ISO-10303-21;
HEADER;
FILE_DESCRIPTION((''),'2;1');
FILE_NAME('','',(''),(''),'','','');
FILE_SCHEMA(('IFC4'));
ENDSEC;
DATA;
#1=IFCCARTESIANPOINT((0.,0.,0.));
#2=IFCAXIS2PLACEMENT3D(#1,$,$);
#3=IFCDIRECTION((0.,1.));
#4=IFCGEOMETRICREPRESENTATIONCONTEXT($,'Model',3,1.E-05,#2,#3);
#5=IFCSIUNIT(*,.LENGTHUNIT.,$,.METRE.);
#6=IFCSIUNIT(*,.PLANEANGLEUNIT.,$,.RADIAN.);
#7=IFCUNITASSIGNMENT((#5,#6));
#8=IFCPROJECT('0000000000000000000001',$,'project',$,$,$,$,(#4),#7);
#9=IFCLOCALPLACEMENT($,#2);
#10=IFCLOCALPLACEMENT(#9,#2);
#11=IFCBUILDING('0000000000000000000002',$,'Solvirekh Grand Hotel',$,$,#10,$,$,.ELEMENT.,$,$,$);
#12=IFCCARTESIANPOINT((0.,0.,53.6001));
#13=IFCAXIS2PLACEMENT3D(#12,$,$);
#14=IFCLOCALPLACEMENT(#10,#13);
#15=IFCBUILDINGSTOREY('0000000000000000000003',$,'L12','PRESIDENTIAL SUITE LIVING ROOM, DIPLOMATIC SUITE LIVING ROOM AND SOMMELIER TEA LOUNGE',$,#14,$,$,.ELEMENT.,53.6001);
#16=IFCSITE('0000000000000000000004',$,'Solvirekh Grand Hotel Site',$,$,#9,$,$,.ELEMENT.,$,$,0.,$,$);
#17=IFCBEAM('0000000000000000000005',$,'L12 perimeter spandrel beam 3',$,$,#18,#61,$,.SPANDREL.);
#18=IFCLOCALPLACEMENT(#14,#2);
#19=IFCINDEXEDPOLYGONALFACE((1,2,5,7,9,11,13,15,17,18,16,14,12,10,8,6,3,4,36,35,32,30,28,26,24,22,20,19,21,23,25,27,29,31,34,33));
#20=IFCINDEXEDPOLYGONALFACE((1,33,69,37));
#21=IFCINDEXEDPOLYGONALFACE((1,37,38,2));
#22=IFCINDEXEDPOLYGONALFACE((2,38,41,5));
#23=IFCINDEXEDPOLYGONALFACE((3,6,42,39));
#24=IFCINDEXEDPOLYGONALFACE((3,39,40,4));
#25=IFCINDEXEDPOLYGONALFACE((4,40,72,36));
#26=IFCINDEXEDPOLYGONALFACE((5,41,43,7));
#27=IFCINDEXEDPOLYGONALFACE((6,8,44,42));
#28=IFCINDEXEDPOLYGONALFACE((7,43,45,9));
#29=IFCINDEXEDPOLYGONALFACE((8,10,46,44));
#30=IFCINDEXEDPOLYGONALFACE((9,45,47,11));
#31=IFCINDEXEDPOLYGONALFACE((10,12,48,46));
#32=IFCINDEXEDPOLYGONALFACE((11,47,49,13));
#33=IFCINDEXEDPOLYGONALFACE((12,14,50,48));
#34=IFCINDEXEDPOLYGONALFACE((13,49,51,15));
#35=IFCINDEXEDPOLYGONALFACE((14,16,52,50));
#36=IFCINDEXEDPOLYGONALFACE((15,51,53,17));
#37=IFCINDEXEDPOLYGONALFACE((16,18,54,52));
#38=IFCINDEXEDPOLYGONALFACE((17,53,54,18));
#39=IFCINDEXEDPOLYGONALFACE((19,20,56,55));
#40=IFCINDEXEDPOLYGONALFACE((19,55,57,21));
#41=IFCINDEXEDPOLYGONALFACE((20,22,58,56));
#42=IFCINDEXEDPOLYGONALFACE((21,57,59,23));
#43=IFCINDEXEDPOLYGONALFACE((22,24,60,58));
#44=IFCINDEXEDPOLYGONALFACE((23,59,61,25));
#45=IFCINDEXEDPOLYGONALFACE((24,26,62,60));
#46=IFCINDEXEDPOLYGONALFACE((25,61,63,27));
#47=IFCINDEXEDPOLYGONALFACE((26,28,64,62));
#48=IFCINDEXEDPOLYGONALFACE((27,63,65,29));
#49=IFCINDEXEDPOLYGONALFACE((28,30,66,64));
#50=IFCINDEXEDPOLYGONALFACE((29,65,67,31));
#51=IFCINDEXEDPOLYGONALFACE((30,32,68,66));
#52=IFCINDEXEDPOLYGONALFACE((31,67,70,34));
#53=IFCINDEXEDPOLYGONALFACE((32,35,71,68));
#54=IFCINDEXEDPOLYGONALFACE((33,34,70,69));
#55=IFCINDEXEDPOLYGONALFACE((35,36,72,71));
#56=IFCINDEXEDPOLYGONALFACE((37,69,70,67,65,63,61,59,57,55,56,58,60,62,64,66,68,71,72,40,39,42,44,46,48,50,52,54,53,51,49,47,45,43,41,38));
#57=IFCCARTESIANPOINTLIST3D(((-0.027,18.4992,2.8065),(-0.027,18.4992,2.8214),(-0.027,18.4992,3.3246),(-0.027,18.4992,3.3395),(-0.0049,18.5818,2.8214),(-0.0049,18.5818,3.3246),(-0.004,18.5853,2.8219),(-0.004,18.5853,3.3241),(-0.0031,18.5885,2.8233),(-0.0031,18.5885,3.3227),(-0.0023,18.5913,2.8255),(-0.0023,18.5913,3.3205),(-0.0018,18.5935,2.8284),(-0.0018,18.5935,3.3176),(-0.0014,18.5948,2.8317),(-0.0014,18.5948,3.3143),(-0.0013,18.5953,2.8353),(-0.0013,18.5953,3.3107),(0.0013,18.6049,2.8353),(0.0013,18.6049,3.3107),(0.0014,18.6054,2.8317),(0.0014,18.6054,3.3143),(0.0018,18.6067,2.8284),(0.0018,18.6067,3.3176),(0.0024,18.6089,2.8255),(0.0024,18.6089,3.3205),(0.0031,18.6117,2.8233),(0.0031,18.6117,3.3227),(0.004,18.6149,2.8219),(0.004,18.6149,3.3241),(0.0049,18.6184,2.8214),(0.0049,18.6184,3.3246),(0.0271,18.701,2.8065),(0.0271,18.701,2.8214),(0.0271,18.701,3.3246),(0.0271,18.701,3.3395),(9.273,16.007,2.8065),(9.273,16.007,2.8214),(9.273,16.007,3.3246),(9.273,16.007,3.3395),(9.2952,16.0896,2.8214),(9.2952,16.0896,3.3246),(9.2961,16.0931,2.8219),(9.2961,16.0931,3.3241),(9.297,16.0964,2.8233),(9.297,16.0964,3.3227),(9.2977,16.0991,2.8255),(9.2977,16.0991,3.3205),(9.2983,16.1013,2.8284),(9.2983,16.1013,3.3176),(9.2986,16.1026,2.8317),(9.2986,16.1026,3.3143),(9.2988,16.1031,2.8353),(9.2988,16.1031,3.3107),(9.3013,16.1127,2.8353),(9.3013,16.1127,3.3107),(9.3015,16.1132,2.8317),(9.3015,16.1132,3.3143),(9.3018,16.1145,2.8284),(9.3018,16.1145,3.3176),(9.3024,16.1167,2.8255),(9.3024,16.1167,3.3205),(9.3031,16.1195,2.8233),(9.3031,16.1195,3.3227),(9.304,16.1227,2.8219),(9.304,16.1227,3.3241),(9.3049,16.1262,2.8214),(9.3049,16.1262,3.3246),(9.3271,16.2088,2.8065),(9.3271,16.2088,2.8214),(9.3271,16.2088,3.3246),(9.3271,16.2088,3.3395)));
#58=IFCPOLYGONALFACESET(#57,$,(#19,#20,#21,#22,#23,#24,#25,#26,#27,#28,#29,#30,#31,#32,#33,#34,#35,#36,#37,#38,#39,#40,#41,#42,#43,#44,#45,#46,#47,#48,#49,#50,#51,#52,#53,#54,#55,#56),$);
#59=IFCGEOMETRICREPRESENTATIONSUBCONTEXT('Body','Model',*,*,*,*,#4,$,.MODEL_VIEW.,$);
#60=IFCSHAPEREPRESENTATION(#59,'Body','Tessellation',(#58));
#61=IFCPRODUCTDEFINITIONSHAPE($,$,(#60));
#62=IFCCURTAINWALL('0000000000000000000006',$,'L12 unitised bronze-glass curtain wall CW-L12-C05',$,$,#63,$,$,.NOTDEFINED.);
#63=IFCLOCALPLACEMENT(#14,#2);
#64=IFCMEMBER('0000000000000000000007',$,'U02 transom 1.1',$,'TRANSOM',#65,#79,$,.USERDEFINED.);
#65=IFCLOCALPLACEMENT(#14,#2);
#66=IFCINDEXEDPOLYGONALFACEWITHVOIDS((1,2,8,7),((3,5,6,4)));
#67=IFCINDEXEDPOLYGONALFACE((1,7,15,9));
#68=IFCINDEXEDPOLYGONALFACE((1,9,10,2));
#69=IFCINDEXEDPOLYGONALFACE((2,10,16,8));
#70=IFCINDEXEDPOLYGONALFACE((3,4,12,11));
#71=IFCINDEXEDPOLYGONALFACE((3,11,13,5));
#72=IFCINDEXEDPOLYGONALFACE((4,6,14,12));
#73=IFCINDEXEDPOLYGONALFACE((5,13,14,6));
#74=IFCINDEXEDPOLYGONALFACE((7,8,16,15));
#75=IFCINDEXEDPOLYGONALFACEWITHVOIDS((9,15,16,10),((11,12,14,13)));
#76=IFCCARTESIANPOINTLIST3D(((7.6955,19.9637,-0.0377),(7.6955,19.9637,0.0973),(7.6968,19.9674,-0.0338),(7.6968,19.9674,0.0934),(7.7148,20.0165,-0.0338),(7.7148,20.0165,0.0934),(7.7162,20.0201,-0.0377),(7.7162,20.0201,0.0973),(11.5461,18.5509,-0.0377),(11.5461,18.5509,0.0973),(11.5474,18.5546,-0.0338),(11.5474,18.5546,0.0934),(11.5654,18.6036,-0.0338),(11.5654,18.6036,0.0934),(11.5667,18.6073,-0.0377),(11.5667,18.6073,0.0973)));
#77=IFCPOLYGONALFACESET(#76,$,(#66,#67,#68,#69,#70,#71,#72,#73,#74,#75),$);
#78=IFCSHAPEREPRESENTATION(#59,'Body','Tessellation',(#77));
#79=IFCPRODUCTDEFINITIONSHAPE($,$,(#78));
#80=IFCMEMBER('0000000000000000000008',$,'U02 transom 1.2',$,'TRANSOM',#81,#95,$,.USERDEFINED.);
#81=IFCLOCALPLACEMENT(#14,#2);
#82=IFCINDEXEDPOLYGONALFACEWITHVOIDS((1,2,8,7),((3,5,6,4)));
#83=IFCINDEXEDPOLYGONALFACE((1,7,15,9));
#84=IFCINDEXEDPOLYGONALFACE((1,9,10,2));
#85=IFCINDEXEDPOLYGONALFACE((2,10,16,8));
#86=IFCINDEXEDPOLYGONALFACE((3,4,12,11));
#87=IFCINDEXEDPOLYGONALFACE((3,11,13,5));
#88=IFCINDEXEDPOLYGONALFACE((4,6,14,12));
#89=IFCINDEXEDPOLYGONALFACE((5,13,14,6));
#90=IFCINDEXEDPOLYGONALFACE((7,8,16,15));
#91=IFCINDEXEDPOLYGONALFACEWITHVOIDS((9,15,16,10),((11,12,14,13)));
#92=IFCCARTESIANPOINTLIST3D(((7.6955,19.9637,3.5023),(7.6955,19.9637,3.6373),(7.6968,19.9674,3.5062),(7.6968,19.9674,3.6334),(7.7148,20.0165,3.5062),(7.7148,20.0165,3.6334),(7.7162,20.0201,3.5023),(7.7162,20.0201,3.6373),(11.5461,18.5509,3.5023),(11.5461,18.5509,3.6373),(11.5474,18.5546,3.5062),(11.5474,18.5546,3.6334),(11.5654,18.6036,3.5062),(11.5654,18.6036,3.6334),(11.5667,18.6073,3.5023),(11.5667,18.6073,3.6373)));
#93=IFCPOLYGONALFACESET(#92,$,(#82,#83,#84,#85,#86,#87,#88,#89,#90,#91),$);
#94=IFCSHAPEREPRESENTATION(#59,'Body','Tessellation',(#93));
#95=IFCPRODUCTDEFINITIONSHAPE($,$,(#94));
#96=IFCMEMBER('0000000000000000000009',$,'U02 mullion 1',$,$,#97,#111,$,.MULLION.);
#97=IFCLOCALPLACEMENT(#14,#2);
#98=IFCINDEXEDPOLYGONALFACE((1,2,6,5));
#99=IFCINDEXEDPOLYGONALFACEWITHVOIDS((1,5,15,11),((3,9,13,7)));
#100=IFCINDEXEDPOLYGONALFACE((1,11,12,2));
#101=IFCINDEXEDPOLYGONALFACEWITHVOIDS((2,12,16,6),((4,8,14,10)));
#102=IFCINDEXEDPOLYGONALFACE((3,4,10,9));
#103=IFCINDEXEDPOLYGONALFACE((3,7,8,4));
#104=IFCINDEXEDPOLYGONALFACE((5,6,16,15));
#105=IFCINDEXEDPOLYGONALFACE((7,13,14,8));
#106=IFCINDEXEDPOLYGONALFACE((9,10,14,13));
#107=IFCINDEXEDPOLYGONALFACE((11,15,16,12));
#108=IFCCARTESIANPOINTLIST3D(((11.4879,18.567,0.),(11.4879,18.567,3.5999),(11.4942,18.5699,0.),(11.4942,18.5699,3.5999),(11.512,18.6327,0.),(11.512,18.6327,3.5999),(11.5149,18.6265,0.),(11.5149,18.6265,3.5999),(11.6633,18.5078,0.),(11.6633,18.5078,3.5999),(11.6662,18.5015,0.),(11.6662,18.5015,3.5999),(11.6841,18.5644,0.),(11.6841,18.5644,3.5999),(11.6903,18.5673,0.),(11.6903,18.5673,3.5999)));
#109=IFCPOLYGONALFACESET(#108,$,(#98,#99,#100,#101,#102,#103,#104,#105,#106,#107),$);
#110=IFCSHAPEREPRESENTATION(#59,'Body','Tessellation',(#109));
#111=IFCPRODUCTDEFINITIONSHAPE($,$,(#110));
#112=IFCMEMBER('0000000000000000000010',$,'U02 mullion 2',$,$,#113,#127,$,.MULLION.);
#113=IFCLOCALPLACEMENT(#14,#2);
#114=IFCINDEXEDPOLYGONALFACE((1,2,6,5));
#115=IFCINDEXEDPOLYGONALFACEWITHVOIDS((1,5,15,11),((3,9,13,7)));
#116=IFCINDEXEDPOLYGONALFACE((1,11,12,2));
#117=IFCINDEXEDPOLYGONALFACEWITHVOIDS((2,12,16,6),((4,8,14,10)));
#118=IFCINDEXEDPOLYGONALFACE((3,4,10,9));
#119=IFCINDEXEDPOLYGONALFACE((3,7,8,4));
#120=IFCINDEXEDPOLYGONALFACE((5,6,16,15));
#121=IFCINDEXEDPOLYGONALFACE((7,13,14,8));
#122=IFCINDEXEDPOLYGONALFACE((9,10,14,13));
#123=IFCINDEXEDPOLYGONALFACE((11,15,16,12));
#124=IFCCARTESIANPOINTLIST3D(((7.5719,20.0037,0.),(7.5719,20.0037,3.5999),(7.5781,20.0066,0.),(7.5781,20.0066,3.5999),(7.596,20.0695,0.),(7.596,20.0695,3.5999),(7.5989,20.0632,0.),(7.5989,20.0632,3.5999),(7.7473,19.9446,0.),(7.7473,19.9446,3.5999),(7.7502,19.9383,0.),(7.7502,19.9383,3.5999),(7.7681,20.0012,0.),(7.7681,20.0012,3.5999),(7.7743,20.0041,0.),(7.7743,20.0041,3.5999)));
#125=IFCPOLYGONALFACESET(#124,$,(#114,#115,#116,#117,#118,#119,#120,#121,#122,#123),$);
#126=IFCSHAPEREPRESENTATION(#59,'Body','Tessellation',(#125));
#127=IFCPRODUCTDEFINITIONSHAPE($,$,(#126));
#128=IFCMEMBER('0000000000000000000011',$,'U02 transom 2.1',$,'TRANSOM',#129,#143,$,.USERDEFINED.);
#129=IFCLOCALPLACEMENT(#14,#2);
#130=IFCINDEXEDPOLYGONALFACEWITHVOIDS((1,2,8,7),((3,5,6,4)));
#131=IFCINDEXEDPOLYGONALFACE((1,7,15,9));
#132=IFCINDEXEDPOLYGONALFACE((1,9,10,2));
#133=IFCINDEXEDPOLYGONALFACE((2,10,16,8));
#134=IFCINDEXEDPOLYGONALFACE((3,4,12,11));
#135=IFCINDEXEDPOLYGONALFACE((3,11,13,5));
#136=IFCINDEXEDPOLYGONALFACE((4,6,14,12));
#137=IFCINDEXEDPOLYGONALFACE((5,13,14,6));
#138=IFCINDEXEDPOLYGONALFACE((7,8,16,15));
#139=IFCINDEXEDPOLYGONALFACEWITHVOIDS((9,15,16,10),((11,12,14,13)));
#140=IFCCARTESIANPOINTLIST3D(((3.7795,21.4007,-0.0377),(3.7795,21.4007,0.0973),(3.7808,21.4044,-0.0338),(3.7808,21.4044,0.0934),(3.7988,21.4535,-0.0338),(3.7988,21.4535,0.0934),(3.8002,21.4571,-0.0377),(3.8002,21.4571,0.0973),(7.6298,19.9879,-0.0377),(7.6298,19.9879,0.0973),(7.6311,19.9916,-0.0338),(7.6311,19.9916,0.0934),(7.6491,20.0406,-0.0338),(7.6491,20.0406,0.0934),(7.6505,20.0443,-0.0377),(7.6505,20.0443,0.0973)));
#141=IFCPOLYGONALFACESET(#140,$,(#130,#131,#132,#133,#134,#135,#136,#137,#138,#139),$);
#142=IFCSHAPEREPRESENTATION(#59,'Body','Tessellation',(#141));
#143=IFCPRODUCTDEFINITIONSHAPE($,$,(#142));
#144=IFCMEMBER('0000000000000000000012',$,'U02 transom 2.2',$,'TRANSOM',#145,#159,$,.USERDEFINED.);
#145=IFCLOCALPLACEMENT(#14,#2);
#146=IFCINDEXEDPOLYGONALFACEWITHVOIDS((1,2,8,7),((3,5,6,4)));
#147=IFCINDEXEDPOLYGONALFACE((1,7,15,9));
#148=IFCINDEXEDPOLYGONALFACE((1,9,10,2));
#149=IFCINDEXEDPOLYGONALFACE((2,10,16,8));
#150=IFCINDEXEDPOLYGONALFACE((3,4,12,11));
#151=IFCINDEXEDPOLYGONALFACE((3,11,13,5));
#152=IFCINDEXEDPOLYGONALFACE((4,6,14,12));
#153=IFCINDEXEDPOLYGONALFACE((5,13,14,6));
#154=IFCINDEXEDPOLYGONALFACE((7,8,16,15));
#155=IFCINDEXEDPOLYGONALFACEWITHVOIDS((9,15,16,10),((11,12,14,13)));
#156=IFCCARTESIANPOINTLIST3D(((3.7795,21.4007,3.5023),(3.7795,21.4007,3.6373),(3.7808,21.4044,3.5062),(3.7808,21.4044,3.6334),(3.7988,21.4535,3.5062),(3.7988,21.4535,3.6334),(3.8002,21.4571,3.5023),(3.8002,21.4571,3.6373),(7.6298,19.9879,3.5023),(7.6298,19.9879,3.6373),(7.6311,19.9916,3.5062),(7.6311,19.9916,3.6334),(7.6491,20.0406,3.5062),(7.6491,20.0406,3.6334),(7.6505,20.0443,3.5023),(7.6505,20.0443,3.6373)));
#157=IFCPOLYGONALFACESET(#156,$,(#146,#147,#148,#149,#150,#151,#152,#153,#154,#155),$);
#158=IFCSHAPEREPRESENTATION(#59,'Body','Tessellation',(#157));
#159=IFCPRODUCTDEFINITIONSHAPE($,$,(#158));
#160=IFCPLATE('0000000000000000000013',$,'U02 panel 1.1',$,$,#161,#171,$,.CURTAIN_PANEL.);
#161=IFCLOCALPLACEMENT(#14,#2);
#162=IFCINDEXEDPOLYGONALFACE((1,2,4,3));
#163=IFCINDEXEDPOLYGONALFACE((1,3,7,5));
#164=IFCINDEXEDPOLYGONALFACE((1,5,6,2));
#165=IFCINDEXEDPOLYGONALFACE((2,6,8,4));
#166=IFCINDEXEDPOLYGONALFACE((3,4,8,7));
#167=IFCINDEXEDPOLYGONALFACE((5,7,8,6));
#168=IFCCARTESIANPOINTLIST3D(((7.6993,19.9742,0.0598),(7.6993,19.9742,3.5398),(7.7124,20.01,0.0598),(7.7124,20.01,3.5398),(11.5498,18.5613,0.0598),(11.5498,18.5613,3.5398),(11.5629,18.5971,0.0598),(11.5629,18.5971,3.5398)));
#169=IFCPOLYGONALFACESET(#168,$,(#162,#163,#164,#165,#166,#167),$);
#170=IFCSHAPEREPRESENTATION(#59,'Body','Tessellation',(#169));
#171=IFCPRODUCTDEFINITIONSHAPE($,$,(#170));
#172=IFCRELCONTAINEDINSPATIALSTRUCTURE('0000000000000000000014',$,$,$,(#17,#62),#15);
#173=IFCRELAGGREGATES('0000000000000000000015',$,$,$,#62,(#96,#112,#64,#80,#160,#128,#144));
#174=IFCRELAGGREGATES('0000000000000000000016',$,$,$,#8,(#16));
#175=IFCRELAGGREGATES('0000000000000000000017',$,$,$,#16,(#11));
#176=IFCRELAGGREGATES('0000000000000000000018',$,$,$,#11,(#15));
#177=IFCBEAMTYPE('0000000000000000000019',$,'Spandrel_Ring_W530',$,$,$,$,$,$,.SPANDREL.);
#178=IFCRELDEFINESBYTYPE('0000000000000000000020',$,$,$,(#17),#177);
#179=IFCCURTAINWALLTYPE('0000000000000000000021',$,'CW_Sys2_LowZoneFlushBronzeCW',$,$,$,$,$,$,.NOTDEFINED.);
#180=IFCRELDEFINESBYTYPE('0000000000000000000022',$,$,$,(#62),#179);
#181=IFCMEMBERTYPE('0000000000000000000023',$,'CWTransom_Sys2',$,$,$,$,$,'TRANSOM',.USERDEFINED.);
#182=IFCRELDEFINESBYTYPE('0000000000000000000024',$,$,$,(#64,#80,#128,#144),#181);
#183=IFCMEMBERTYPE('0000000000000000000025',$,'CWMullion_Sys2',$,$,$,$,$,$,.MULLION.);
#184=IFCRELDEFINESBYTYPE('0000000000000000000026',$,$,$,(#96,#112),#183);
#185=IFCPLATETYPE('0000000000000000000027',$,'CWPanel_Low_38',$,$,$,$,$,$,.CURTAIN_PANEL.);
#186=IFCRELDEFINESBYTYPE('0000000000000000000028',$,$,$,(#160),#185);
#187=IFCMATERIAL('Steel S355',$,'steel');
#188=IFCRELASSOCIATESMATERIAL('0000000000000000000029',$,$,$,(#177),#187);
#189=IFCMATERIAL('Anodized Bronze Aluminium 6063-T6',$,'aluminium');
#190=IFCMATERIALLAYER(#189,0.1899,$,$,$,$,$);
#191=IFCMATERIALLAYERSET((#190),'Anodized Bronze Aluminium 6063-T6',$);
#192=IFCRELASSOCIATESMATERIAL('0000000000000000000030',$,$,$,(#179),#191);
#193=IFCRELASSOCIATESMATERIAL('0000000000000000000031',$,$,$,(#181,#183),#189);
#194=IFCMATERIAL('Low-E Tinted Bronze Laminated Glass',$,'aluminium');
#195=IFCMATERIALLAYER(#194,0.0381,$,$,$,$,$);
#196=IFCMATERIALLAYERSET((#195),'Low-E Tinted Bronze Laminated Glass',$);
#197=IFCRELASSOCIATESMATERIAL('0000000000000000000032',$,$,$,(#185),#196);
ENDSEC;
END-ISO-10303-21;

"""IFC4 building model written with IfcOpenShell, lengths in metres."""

from ifc_helpers import new_model, si_unit, direction, frame, origin, origin_2d, place, context, subcontext, project, spatial, rectangle, hollow_rectangle, i_section, extrude, source, transform, mapped, material, layer, layer_set, material_profile, profile_set, type_object, element, aggregate, save


model = new_model("IFC4")

# Units and contexts
model_context = context("Model", 3, precision=1e-05, world=origin(), true_north=direction((0.0, 1.0)))
body_context = subcontext(model_context, "Body", "Model", "MODEL_VIEW")
ifc_project = project(units=[si_unit("LENGTHUNIT", "METRE"), si_unit("PLANEANGLEUNIT", "RADIAN")], contexts=[model_context])

# Site, building, storey
site_placement = place(None, origin())
site = spatial("IfcSite", under=ifc_project, at=site_placement, Name="Solvirekh Grand Hotel Site", CompositionType="ELEMENT", RefElevation=0.0)
building_placement = place(site_placement, origin())
building = spatial("IfcBuilding", under=site, at=building_placement, Name="Solvirekh Grand Hotel", CompositionType="ELEMENT")
storey_placement = place(building_placement, frame((0.0, 0.0, 53.6001)))
storey = spatial("IfcBuildingStorey", under=building, at=storey_placement, Name="L12", Description="PRESIDENTIAL SUITE LIVING ROOM, DIPLOMATIC SUITE LIVING ROOM AND SOMMELIER TEA LOUNGE", CompositionType="ELEMENT", Elevation=53.6001)

# Beam
ifc_material_1 = material(Name="Steel S355", Category="steel")
ifc_material_profile_1 = material_profile(ifc_material_1, i_section(OverallWidth=0.209, OverallDepth=0.533, WebThickness=0.01, FlangeThickness=0.0149, FilletRadius=0.0139, at=origin_2d()), Name="W530X92")
ifc_profile_set_1 = profile_set([ifc_material_profile_1], Name="Steel S355")
beam_type_1 = type_object("IfcBeamType", Name="Spandrel_Ring_W530", PredefinedType="SPANDREL", material=ifc_profile_set_1)
beam_1_placement = place(storey_placement, frame((9.3, 16.1079, 3.073), z_axis=(-0.965919, 0.258843, 0.0), x_axis=(-0.258843, -0.965919, 0.0)))
element("IfcBeam", 1, at=beam_1_placement, inside=storey, type_object=beam_type_1, Name="L12 perimeter spandrel beam 3", PredefinedType="SPANDREL", context=body_context, shape_type="SweptSolid", body=[
    extrude(i_section(OverallWidth=0.209, OverallDepth=0.533, WebThickness=0.01, FlangeThickness=0.0149, FilletRadius=0.0139, at=origin_2d()), origin(), (0.0, 0.0, 1.0), 9.6282),
])

# Curtain wall, members, plate
ifc_material_2 = material(Name="Anodized Bronze Aluminium 6063-T6", Category="aluminium")
ifc_layer_1 = layer(ifc_material_2, 0.1899)
ifc_layer_set_1 = layer_set([ifc_layer_1], Name="Anodized Bronze Aluminium 6063-T6")
curtain_wall_type = type_object("IfcCurtainWallType", Name="CW_Sys2_LowZoneFlushBronzeCW", PredefinedType="NOTDEFINED", material=ifc_layer_set_1)
curtain_wall_placement = place(storey_placement, origin())
curtain_wall = element("IfcCurtainWall", 2, at=curtain_wall_placement, inside=storey, type_object=curtain_wall_type, Name="L12 unitised bronze-glass curtain wall CW-L12-C05", PredefinedType="NOTDEFINED")
ifc_material_profile_2 = material_profile(ifc_material_2, hollow_rectangle(XDim=0.0601, YDim=0.135, WallThickness=0.0039, at=origin_2d()), Name="ALU RHS 135X60X4")
ifc_profile_set_2 = profile_set([ifc_material_profile_2], Name="Anodized Bronze Aluminium 6063-T6")
member_type_1 = type_object("IfcMemberType", Name="CWTransom_Sys2", ElementType="TRANSOM", PredefinedType="USERDEFINED", material=ifc_profile_set_2)
shared_shape_1 = source(origin(), body_context, "Body", "SweptSolid", [
    extrude(hollow_rectangle(XDim=0.0601, YDim=0.135, WallThickness=0.0039, at=origin_2d()), origin(), (0.0, 0.0, 1.0), 4.1016),
])
member_1_placement = place(storey_placement, frame((11.5564, 18.5791, 0.0298), z_axis=(-0.938801, 0.344461, 0.0), x_axis=(-0.344461, -0.938801, 0.0)))
member_1 = element("IfcMember", 3, at=member_1_placement, type_object=member_type_1, Name="U02 transom 1.1", ObjectType="TRANSOM", PredefinedType="USERDEFINED", context=body_context, shape_type="MappedRepresentation", body=[
    mapped(shared_shape_1, transform((0.0, 0.0, 0.0), x_axis=(1.0, 0.0, 0.0), y_axis=(0.0, 1.0, 0.0), z_axis=(0.0, 0.0, 1.0), scale=1.0)),
])
member_2_placement = place(storey_placement, frame((11.5564, 18.5791, 3.5698), z_axis=(-0.938801, 0.344461, 0.0), x_axis=(-0.344461, -0.938801, 0.0)))
member_2 = element("IfcMember", 4, at=member_2_placement, type_object=member_type_1, Name="U02 transom 1.2", ObjectType="TRANSOM", PredefinedType="USERDEFINED", context=body_context, shape_type="MappedRepresentation", body=[
    mapped(shared_shape_1, transform((0.0, 0.0, 0.0), x_axis=(1.0, 0.0, 0.0), y_axis=(0.0, 1.0, 0.0), z_axis=(0.0, 0.0, 1.0), scale=1.0)),
])
ifc_material_profile_3 = material_profile(ifc_material_2, hollow_rectangle(XDim=0.0701, YDim=0.1899, WallThickness=0.0049, at=origin_2d()), Name="ALU RHS 190X70X5")
ifc_profile_set_3 = profile_set([ifc_material_profile_3], Name="Anodized Bronze Aluminium 6063-T6")
member_type_2 = type_object("IfcMemberType", Name="CWMullion_Sys2", PredefinedType="MULLION", material=ifc_profile_set_3)
shared_shape_2 = source(origin(), body_context, "Body", "SweptSolid", [
    extrude(hollow_rectangle(XDim=0.0701, YDim=0.1899, WallThickness=0.0049, at=origin_2d()), origin(), (0.0, 0.0, 1.0), 3.5999),
])
member_3_placement = place(storey_placement, frame((11.5891, 18.5671, 0.0), z_axis=(0.0, 0.0, 1.0), x_axis=(-0.344471, -0.938797, 0.0)))
member_3 = element("IfcMember", 5, at=member_3_placement, type_object=member_type_2, Name="U02 mullion 1", PredefinedType="MULLION", context=body_context, shape_type="MappedRepresentation", body=[
    mapped(shared_shape_2, transform((0.0, 0.0, 0.0), x_axis=(1.0, 0.0, 0.0), y_axis=(0.0, 1.0, 0.0), z_axis=(0.0, 0.0, 1.0), scale=1.0)),
])
member_4_placement = place(storey_placement, frame((7.6731, 20.0039, 0.0), z_axis=(0.0, 0.0, 1.0), x_axis=(-0.344471, -0.938797, 0.0)))
member_4 = element("IfcMember", 6, at=member_4_placement, type_object=member_type_2, Name="U02 mullion 2", PredefinedType="MULLION", context=body_context, shape_type="MappedRepresentation", body=[
    mapped(shared_shape_2, transform((0.0, 0.0, 0.0), x_axis=(1.0, 0.0, 0.0), y_axis=(0.0, 1.0, 0.0), z_axis=(0.0, 0.0, 1.0), scale=1.0)),
])
shared_shape_3 = source(origin(), body_context, "Body", "SweptSolid", [
    extrude(hollow_rectangle(XDim=0.0601, YDim=0.135, WallThickness=0.0039, at=origin_2d()), origin(), (0.0, 0.0, 1.0), 4.1013),
])
member_5_placement = place(storey_placement, frame((7.6401, 20.0161, 0.0298), z_axis=(-0.938794, 0.34448, 0.0), x_axis=(-0.34448, -0.938794, 0.0)))
member_5 = element("IfcMember", 7, at=member_5_placement, type_object=member_type_1, Name="U02 transom 2.1", ObjectType="TRANSOM", PredefinedType="USERDEFINED", context=body_context, shape_type="MappedRepresentation", body=[
    mapped(shared_shape_3, transform((0.0, 0.0, 0.0), x_axis=(1.0, 0.0, 0.0), y_axis=(0.0, 1.0, 0.0), z_axis=(0.0, 0.0, 1.0), scale=1.0)),
])
member_6_placement = place(storey_placement, frame((7.6401, 20.0161, 3.5698), z_axis=(-0.938794, 0.34448, 0.0), x_axis=(-0.34448, -0.938794, 0.0)))
member_6 = element("IfcMember", 8, at=member_6_placement, type_object=member_type_1, Name="U02 transom 2.2", ObjectType="TRANSOM", PredefinedType="USERDEFINED", context=body_context, shape_type="MappedRepresentation", body=[
    mapped(shared_shape_3, transform((0.0, 0.0, 0.0), x_axis=(1.0, 0.0, 0.0), y_axis=(0.0, 1.0, 0.0), z_axis=(0.0, 0.0, 1.0), scale=1.0)),
])
ifc_material_3 = material(Name="Low-E Tinted Bronze Laminated Glass", Category="aluminium")
ifc_layer_2 = layer(ifc_material_3, 0.0381)
ifc_layer_set_2 = layer_set([ifc_layer_2], Name="Low-E Tinted Bronze Laminated Glass")
plate_type = type_object("IfcPlateType", Name="CWPanel_Low_38", PredefinedType="CURTAIN_PANEL", material=ifc_layer_set_2)
shared_shape_4 = source(origin(), body_context, "Body", "SweptSolid", [
    extrude(rectangle(XDim=4.1016, YDim=0.0381, at=origin_2d()), origin(), (0.0, 0.0, 1.0), 3.48),
])
plate_placement = place(storey_placement, frame((9.6311, 19.2856, 0.0598), z_axis=(0.0, 0.0, 1.0), x_axis=(-0.938797, 0.344471, 0.0)))
plate = element("IfcPlate", 9, at=plate_placement, type_object=plate_type, Name="U02 panel 1.1", PredefinedType="CURTAIN_PANEL", context=body_context, shape_type="MappedRepresentation", body=[
    mapped(shared_shape_4, transform((0.0, 0.0, 0.0), x_axis=(1.0, 0.0, 0.0), y_axis=(0.0, 1.0, 0.0), z_axis=(0.0, 0.0, 1.0), scale=1.0)),
])
aggregate(curtain_wall, [member_3, member_4, member_1, member_2, plate, member_5, member_6])

save(model, "model.ifc")
